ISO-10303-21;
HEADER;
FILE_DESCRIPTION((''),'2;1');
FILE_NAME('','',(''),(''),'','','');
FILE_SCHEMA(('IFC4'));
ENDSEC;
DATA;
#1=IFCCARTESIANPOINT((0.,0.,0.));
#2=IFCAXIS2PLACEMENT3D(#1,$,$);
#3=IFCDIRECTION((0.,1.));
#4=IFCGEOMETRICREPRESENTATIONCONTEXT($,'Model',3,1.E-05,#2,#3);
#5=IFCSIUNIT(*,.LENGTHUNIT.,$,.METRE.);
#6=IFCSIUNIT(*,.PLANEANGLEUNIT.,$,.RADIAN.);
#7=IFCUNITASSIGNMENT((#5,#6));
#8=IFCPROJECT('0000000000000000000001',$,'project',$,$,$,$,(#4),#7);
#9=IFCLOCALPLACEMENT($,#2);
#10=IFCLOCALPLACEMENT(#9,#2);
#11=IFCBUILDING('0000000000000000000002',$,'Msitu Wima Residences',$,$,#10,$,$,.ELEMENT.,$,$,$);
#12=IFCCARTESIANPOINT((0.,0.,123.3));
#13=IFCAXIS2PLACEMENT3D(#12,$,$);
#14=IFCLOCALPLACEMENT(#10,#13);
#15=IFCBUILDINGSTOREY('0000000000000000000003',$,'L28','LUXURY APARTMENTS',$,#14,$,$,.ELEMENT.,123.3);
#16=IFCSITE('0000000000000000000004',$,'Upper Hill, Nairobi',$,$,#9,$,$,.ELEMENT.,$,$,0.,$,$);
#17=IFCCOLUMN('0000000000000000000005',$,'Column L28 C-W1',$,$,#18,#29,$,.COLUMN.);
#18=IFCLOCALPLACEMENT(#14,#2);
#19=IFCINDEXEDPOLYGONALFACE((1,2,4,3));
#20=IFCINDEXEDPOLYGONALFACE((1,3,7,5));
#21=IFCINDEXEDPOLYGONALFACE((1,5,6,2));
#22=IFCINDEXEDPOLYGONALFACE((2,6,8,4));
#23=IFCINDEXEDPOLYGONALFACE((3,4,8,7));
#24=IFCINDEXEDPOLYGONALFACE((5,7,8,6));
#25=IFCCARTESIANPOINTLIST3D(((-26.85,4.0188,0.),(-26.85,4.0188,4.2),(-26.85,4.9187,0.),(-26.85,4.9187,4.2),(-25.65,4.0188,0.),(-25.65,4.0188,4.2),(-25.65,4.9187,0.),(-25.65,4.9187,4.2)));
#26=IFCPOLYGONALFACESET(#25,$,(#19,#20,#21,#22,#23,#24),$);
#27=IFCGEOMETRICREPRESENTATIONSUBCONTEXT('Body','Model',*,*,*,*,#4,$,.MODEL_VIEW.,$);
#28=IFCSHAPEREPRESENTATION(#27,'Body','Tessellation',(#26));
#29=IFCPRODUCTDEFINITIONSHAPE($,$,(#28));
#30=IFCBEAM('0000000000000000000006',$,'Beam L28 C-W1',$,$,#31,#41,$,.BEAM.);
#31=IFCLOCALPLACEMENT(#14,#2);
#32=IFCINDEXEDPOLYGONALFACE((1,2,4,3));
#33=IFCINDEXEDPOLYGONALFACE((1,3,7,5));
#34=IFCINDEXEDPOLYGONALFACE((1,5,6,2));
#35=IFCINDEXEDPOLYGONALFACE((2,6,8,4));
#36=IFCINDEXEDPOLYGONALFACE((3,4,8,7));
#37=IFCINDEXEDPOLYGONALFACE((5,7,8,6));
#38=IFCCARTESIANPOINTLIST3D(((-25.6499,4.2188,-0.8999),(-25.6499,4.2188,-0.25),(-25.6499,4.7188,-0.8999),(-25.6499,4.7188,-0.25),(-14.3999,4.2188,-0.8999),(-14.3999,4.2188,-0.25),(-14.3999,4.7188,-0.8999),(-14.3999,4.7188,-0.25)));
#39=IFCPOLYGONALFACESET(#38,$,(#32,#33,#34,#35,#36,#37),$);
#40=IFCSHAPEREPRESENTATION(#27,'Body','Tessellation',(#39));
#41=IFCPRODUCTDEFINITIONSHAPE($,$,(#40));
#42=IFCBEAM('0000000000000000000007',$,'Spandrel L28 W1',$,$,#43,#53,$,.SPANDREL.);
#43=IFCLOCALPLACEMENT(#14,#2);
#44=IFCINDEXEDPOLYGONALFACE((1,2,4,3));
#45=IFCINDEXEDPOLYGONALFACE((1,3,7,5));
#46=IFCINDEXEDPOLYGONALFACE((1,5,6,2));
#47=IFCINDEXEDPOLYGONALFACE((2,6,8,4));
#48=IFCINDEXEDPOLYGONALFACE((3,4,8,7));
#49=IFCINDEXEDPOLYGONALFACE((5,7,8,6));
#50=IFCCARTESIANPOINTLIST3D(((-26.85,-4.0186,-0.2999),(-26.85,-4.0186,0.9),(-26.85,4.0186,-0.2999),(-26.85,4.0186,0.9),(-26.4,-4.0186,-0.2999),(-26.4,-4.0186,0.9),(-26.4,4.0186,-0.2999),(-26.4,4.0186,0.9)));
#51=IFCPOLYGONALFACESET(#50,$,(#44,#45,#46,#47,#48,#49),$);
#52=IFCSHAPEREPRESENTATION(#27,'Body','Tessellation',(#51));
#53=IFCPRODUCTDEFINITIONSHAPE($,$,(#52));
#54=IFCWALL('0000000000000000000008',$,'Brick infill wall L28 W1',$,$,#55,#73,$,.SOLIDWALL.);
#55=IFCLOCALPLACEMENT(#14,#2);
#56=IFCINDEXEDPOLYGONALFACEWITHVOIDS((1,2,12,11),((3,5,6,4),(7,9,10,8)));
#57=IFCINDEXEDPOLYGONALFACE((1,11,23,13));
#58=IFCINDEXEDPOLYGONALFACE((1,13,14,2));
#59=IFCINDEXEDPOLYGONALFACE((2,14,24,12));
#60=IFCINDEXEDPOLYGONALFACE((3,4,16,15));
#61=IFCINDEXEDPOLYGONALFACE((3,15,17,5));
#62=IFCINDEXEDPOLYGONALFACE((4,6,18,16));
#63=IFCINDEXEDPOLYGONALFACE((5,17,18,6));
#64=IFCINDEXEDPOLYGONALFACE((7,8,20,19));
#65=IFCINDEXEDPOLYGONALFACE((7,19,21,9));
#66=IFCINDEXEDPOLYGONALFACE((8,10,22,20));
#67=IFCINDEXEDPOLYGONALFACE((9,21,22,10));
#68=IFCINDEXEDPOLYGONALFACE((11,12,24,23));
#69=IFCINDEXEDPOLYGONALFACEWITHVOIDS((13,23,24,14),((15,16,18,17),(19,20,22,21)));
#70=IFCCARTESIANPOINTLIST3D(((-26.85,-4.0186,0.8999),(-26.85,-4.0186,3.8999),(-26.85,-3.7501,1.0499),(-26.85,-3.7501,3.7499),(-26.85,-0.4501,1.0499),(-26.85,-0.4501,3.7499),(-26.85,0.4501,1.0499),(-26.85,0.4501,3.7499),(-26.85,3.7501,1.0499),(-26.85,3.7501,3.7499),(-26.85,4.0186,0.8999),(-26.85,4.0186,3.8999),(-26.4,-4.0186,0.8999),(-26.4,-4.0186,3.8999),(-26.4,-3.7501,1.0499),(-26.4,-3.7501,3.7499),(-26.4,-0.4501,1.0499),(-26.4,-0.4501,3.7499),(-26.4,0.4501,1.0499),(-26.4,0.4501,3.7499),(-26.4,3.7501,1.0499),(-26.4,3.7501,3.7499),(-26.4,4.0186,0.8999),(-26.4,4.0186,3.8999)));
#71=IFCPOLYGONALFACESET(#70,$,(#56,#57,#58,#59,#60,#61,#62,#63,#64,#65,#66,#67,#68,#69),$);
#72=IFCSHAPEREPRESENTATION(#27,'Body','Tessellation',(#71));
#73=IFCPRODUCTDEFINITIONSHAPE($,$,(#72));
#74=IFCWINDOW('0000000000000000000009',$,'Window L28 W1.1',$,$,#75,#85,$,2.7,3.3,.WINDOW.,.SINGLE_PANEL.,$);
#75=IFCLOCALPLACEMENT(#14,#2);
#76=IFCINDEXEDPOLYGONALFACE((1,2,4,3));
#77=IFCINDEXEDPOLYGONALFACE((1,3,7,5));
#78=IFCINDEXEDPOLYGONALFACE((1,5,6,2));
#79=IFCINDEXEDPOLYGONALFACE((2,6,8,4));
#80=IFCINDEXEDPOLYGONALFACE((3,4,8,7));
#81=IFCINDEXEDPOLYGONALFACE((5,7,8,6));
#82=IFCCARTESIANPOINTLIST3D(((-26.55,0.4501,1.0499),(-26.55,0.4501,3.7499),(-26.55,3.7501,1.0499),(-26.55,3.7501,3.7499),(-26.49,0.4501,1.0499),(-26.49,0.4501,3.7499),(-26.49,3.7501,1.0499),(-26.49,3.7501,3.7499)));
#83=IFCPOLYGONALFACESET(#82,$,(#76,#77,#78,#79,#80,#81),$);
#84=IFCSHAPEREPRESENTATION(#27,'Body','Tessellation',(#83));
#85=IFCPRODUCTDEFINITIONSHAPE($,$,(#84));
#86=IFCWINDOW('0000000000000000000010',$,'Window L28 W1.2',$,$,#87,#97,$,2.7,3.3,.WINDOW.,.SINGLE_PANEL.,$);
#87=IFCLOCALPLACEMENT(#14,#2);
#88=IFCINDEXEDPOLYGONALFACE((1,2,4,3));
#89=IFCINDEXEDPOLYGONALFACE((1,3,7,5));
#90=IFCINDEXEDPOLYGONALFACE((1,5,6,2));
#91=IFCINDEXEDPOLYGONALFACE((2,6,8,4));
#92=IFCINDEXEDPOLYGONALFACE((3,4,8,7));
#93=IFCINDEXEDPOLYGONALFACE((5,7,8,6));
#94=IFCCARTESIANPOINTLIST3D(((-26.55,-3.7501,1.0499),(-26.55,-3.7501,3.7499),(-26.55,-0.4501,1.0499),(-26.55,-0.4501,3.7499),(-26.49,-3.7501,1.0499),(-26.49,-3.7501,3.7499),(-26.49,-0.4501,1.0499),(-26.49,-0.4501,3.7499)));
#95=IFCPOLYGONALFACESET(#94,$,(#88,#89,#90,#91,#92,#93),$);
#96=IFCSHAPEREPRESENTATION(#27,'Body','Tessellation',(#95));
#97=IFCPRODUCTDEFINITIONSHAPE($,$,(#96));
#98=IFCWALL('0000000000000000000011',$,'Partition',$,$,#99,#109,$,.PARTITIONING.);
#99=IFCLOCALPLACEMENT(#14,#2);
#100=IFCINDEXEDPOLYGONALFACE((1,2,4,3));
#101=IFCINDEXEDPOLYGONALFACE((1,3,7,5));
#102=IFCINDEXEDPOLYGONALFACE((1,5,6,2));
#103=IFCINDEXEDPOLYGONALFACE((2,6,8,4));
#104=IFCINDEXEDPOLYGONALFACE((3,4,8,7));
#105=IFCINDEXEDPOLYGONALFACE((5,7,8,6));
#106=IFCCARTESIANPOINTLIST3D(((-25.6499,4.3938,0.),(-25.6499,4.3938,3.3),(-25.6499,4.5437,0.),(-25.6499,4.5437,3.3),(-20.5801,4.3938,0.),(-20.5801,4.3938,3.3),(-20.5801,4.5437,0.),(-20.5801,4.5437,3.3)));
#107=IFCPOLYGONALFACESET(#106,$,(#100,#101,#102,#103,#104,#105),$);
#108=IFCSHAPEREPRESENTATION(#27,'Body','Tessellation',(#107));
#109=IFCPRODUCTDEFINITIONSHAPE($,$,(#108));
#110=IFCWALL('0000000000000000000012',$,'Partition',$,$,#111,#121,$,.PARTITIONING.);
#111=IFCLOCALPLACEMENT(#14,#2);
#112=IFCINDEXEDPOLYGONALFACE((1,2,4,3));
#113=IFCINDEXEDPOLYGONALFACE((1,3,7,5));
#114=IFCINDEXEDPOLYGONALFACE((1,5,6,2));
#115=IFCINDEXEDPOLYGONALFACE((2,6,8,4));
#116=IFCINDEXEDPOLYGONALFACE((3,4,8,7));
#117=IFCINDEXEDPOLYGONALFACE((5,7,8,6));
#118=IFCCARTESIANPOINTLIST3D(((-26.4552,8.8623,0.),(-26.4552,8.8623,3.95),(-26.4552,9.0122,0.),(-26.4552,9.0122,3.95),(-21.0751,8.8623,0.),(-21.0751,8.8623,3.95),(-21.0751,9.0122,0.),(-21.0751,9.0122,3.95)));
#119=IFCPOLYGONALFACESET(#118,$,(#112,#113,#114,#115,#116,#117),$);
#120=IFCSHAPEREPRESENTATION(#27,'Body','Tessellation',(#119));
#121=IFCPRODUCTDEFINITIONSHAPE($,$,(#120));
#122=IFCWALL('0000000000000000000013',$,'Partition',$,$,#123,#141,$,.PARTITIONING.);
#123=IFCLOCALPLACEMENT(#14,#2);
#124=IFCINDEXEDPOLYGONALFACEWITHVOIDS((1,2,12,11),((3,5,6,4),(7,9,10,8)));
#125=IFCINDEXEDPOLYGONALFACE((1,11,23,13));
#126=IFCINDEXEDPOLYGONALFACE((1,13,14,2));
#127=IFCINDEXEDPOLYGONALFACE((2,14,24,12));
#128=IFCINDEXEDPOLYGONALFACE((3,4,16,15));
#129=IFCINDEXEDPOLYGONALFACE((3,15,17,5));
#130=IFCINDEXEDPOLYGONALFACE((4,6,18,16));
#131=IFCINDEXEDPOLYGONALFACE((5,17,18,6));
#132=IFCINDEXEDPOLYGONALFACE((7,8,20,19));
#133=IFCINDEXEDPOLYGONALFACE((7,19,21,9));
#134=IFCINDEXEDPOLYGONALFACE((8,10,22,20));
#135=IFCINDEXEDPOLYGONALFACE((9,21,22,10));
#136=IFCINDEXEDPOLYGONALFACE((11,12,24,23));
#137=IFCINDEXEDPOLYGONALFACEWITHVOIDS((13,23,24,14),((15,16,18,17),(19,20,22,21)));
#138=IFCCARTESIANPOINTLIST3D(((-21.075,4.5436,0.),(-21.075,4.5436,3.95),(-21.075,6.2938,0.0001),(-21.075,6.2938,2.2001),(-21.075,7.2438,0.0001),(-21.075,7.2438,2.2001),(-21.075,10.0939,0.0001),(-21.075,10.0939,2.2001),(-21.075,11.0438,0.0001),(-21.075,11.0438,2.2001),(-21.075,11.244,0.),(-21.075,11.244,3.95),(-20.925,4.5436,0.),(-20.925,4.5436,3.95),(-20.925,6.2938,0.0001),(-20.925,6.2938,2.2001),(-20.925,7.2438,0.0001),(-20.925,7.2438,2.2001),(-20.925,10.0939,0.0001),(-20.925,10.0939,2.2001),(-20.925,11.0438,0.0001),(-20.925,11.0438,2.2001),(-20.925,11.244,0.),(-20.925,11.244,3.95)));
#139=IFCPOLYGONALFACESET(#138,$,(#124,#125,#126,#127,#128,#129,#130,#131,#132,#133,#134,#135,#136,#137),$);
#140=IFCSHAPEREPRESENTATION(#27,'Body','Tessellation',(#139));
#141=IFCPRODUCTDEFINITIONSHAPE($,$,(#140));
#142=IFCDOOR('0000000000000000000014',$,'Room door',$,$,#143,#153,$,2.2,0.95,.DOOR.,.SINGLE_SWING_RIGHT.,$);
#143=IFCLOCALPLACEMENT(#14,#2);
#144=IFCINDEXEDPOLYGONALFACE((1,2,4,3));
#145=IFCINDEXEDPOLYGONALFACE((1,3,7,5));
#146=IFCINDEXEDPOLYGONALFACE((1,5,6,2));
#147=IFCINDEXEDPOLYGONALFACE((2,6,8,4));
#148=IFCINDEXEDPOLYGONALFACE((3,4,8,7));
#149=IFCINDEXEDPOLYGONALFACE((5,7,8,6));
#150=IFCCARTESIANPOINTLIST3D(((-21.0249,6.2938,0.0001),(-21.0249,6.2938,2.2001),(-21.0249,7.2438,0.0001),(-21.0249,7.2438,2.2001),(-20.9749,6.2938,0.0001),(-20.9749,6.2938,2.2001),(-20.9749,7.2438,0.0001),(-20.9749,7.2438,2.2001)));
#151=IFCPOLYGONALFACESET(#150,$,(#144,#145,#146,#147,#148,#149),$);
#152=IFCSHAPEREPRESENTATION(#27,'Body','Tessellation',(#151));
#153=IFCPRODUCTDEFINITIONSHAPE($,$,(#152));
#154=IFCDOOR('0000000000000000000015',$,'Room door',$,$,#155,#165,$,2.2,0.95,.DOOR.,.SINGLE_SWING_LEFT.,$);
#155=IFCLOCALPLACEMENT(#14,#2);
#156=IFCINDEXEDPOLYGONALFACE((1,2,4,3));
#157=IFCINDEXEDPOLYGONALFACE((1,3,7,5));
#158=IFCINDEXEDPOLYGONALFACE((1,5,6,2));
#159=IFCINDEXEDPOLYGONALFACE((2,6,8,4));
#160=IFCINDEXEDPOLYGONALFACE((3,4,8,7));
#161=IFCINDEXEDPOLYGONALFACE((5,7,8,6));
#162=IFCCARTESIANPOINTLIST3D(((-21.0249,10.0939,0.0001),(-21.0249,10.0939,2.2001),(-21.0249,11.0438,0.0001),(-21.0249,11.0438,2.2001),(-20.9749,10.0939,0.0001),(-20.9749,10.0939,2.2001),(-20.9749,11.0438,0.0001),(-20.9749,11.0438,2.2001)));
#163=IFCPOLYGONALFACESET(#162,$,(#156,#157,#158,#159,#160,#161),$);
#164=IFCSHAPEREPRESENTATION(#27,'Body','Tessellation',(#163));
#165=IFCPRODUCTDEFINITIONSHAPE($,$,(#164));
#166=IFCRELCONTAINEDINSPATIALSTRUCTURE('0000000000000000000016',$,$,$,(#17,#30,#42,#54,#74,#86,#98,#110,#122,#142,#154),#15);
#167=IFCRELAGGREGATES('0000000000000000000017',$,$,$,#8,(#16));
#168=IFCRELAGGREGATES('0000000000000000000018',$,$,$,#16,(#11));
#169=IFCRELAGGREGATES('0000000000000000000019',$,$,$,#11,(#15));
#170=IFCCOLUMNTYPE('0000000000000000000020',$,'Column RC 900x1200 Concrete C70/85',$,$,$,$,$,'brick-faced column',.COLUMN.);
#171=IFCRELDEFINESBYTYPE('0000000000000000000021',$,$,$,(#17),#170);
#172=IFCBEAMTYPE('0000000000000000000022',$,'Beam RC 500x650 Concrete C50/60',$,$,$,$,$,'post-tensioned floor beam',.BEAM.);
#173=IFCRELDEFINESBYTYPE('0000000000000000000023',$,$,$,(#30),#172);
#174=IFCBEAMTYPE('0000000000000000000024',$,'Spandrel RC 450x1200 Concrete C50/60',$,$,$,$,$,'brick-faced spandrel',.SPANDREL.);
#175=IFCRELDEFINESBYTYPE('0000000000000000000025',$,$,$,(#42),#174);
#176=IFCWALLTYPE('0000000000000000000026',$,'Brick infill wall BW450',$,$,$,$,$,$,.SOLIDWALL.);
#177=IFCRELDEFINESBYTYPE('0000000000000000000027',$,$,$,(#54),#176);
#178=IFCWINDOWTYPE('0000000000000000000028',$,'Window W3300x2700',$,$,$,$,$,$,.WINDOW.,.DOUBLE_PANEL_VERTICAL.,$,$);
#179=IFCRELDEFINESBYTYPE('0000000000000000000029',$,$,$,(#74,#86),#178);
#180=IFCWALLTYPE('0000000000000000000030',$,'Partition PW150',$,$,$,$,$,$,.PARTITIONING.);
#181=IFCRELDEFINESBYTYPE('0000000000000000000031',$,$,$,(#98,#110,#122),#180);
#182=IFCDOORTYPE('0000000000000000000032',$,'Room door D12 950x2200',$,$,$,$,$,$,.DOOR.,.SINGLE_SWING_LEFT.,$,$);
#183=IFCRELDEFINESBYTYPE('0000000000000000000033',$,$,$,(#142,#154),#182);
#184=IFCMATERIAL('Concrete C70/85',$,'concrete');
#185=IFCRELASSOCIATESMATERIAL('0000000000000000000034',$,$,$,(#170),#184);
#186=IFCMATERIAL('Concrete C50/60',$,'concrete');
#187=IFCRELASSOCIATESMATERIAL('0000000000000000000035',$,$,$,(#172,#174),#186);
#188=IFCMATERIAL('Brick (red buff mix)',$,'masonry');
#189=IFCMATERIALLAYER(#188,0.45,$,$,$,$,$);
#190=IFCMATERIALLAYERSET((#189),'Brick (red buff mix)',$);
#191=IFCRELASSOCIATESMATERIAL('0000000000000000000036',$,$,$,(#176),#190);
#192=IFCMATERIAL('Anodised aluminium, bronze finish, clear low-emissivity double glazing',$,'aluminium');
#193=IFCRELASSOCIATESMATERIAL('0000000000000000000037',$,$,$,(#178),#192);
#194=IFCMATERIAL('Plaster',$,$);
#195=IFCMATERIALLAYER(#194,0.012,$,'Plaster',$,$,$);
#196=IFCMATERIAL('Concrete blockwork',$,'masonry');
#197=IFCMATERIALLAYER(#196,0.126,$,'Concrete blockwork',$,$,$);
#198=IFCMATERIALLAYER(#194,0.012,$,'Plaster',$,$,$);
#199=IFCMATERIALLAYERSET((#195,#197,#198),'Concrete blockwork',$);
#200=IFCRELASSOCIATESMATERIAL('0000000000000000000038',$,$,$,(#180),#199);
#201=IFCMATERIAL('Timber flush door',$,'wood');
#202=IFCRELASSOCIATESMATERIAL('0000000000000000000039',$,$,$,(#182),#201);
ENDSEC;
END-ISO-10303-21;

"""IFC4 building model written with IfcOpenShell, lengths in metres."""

from ifc_helpers import new_model, si_unit, direction, frame, frame_2d, origin, origin_2d, place, context, subcontext, project, spatial, rectangle, extrude, material, layer, layer_set, material_profile, profile_set, type_object, element, fill, save


model = new_model("IFC4")

# Units and contexts
model_context = context("Model", 3, precision=1e-05, world=origin(), true_north=direction((0.0, 1.0)))
body_context = subcontext(model_context, "Body", "Model", "MODEL_VIEW")
ifc_project = project(units=[si_unit("LENGTHUNIT", "METRE"), si_unit("PLANEANGLEUNIT", "RADIAN")], contexts=[model_context])

# Site, building, storey
site_placement = place(None, origin())
site = spatial("IfcSite", under=ifc_project, at=site_placement, Name="Upper Hill, Nairobi", CompositionType="ELEMENT", RefElevation=0.0)
building_placement = place(site_placement, origin())
building = spatial("IfcBuilding", under=site, at=building_placement, Name="Msitu Wima Residences", CompositionType="ELEMENT")
storey_placement = place(building_placement, frame((0.0, 0.0, 123.3)))
storey = spatial("IfcBuildingStorey", under=building, at=storey_placement, Name="L28", Description="LUXURY APARTMENTS", CompositionType="ELEMENT", Elevation=123.3)

# Column
ifc_material_1 = material(Name="Concrete C70/85", Category="concrete")
ifc_material_profile_1 = material_profile(ifc_material_1, rectangle(XDim=0.8999, YDim=1.2, at=origin_2d()), Name="RC 900x1200")
ifc_profile_set_1 = profile_set([ifc_material_profile_1], Name="Concrete C70/85")
column_type = type_object("IfcColumnType", Name="Column RC 900x1200 Concrete C70/85", ElementType="brick-faced column", PredefinedType="COLUMN", material=ifc_profile_set_1)
column_placement = place(storey_placement, frame((-26.25, 4.4688, 0.0), z_axis=(0.0, 0.0, 1.0), x_axis=(0.0, -1.0, 0.0)))
element("IfcColumn", 1, at=column_placement, inside=storey, type_object=column_type, Name="Column L28 C-W1", PredefinedType="COLUMN", context=body_context, shape_type="SweptSolid", body=[
    extrude(rectangle(XDim=0.8999, YDim=1.2, at=origin_2d()), origin(), (0.0, 0.0, 1.0), 4.2),
])

# Beams
ifc_material_2 = material(Name="Concrete C50/60", Category="concrete")
ifc_material_profile_2 = material_profile(ifc_material_2, rectangle(XDim=0.5, YDim=0.6499, at=origin_2d()), Name="RC 500x650")
ifc_profile_set_2 = profile_set([ifc_material_profile_2], Name="Concrete C50/60")
beam_type_1 = type_object("IfcBeamType", Name="Beam RC 500x650 Concrete C50/60", ElementType="post-tensioned floor beam", PredefinedType="BEAM", material=ifc_profile_set_2)
beam_1_placement = place(storey_placement, frame((-25.6499, 4.4688, -0.575), z_axis=(1.0, 0.0, 0.0), x_axis=(0.0, 1.0, 0.0)))
element("IfcBeam", 2, at=beam_1_placement, inside=storey, type_object=beam_type_1, Name="Beam L28 C-W1", PredefinedType="BEAM", context=body_context, shape_type="SweptSolid", body=[
    extrude(rectangle(XDim=0.5, YDim=0.6499, at=origin_2d()), origin(), (0.0, 0.0, 1.0), 11.25),
])
ifc_material_profile_3 = material_profile(ifc_material_2, rectangle(XDim=0.45, YDim=1.2, at=origin_2d()), Name="RC 450x1200")
ifc_profile_set_3 = profile_set([ifc_material_profile_3], Name="Concrete C50/60")
beam_type_2 = type_object("IfcBeamType", Name="Spandrel RC 450x1200 Concrete C50/60", ElementType="brick-faced spandrel", PredefinedType="SPANDREL", material=ifc_profile_set_3)
beam_2_placement = place(storey_placement, frame((-26.625, 4.0186, 0.3), z_axis=(0.0, -1.0, 0.0), x_axis=(1.0, 0.0, 0.0)))
element("IfcBeam", 3, at=beam_2_placement, inside=storey, type_object=beam_type_2, Name="Spandrel L28 W1", PredefinedType="SPANDREL", context=body_context, shape_type="SweptSolid", body=[
    extrude(rectangle(XDim=0.45, YDim=1.2, at=origin_2d()), origin(), (0.0, 0.0, 1.0), 8.0371),
])

# Wall, openings, windows
ifc_material_3 = material(Name="Brick (red buff mix)", Category="masonry")
ifc_layer_1 = layer(ifc_material_3, 0.45)
ifc_layer_set_1 = layer_set([ifc_layer_1], Name="Brick (red buff mix)")
wall_type_1 = type_object("IfcWallType", Name="Brick infill wall BW450", PredefinedType="SOLIDWALL", material=ifc_layer_set_1)
wall_1_placement = place(storey_placement, frame((-26.625, 4.0186, 0.8999), z_axis=(0.0, 0.0, 1.0), x_axis=(0.0, -1.0, 0.0)))
wall_1 = element("IfcWall", 4, at=wall_1_placement, inside=storey, type_object=wall_type_1, Name="Brick infill wall L28 W1", PredefinedType="SOLIDWALL", context=body_context, shape_type="SweptSolid", body=[
    extrude(rectangle(XDim=8.0371, YDim=0.45, at=frame_2d((4.0186, 0.0))), origin(), (0.0, 0.0, 1.0), 3.0),
])
opening_1_placement = place(wall_1_placement, frame((0.2686, 0.0, 0.1499)))
opening_1 = element("IfcOpeningElement", 5, at=opening_1_placement, cuts=wall_1, PredefinedType="OPENING", context=body_context, shape_type="SweptSolid", body=[
    extrude(rectangle(XDim=3.3, YDim=2.7, at=frame_2d((1.6499, 1.3501))), frame((0.0, 0.2349, 0.0), z_axis=(0.0, -1.0, 0.0), x_axis=(1.0, 0.0, 0.0)), (0.0, 0.0, 1.0), 0.47),
])
opening_2_placement = place(wall_1_placement, frame((4.4688, 0.0, 0.1499)))
opening_2 = element("IfcOpeningElement", 6, at=opening_2_placement, cuts=wall_1, PredefinedType="OPENING", context=body_context, shape_type="SweptSolid", body=[
    extrude(rectangle(XDim=3.3, YDim=2.7, at=frame_2d((1.6499, 1.3501))), frame((0.0, 0.2349, 0.0), z_axis=(0.0, -1.0, 0.0), x_axis=(1.0, 0.0, 0.0)), (0.0, 0.0, 1.0), 0.47),
])
ifc_material_4 = material(Name="Anodised aluminium, bronze finish, clear low-emissivity double glazing", Category="aluminium")
window_type = type_object("IfcWindowType", Name="Window W3300x2700", PartitioningType="DOUBLE_PANEL_VERTICAL", PredefinedType="WINDOW", material=ifc_material_4)
window_1_placement = place(opening_1_placement, origin())
window_1 = element("IfcWindow", 7, at=window_1_placement, inside=storey, type_object=window_type, Name="Window L28 W1.1", OverallHeight=2.7, OverallWidth=3.3, PartitioningType="SINGLE_PANEL", PredefinedType="WINDOW", context=body_context, shape_type="SweptSolid", body=[
    extrude(rectangle(XDim=3.3, YDim=2.7, at=frame_2d((1.6499, 1.3501))), frame((0.0, 0.135, 0.0), z_axis=(0.0, -1.0, 0.0), x_axis=(1.0, 0.0, 0.0)), (0.0, 0.0, 1.0), 0.0601),
])
fill(opening_1, window_1)
window_2_placement = place(opening_2_placement, origin())
window_2 = element("IfcWindow", 8, at=window_2_placement, inside=storey, type_object=window_type, Name="Window L28 W1.2", OverallHeight=2.7, OverallWidth=3.3, PartitioningType="SINGLE_PANEL", PredefinedType="WINDOW", context=body_context, shape_type="SweptSolid", body=[
    extrude(rectangle(XDim=3.3, YDim=2.7, at=frame_2d((1.6499, 1.3501))), frame((0.0, 0.135, 0.0), z_axis=(0.0, -1.0, 0.0), x_axis=(1.0, 0.0, 0.0)), (0.0, 0.0, 1.0), 0.0601),
])
fill(opening_2, window_2)

# Walls
ifc_material_5 = material(Name="Plaster")
ifc_layer_2 = layer(ifc_material_5, 0.012, Name="Plaster")
ifc_material_6 = material(Name="Concrete blockwork", Category="masonry")
ifc_layer_3 = layer(ifc_material_6, 0.126, Name="Concrete blockwork")
ifc_layer_4 = layer(ifc_material_5, 0.012, Name="Plaster")
ifc_layer_set_2 = layer_set([ifc_layer_2, ifc_layer_3, ifc_layer_4], Name="Concrete blockwork")
wall_type_2 = type_object("IfcWallType", Name="Partition PW150", PredefinedType="PARTITIONING", material=ifc_layer_set_2)
wall_2_placement = place(storey_placement, frame((-25.6499, 4.4688, 0.0), z_axis=(0.0, 0.0, 1.0), x_axis=(1.0, 0.0, 0.0)))
element("IfcWall", 9, at=wall_2_placement, inside=storey, type_object=wall_type_2, Name="Partition", PredefinedType="PARTITIONING", context=body_context, shape_type="SweptSolid", body=[
    extrude(rectangle(XDim=5.0698, YDim=0.1499, at=frame_2d((2.5349, 0.0))), origin(), (0.0, 0.0, 1.0), 3.3),
])
wall_3_placement = place(storey_placement, frame((-26.4551, 8.9373, 0.0), z_axis=(0.0, 0.0, 1.0), x_axis=(1.0, 0.0, 0.0)))
element("IfcWall", 10, at=wall_3_placement, inside=storey, type_object=wall_type_2, Name="Partition", PredefinedType="PARTITIONING", context=body_context, shape_type="SweptSolid", body=[
    extrude(rectangle(XDim=5.3801, YDim=0.1499, at=frame_2d((2.6899, 0.0))), origin(), (0.0, 0.0, 1.0), 3.95),
])

# Wall, openings, doors
wall_4_placement = place(storey_placement, frame((-21.0, 4.5437, 0.0), z_axis=(0.0, 0.0, 1.0), x_axis=(0.0, 1.0, 0.0)))
wall_4 = element("IfcWall", 11, at=wall_4_placement, inside=storey, type_object=wall_type_2, Name="Partition", PredefinedType="PARTITIONING", context=body_context, shape_type="SweptSolid", body=[
    extrude(rectangle(XDim=6.7004, YDim=0.1499, at=frame_2d((3.3501, 0.0))), origin(), (0.0, 0.0, 1.0), 3.95),
])
opening_3_placement = place(wall_4_placement, frame((1.75, 0.0, 0.0)))
opening_3 = element("IfcOpeningElement", 12, at=opening_3_placement, cuts=wall_4, PredefinedType="OPENING", context=body_context, shape_type="SweptSolid", body=[
    extrude(rectangle(XDim=0.95, YDim=2.2, at=frame_2d((0.4751, 1.1001))), frame((0.0, 0.085, 0.0), z_axis=(0.0, -1.0, 0.0), x_axis=(1.0, 0.0, 0.0)), (0.0, 0.0, 1.0), 0.1699),
])
opening_4_placement = place(wall_4_placement, frame((5.55, 0.0, 0.0)))
opening_4 = element("IfcOpeningElement", 13, at=opening_4_placement, cuts=wall_4, PredefinedType="OPENING", context=body_context, shape_type="SweptSolid", body=[
    extrude(rectangle(XDim=0.95, YDim=2.2, at=frame_2d((0.4751, 1.1001))), frame((0.0, 0.085, 0.0), z_axis=(0.0, -1.0, 0.0), x_axis=(1.0, 0.0, 0.0)), (0.0, 0.0, 1.0), 0.1699),
])
ifc_material_7 = material(Name="Timber flush door", Category="wood")
door_type_1 = type_object("IfcDoorType", Name="Room door D12 950x2200", OperationType="SINGLE_SWING_LEFT", PredefinedType="DOOR", material=ifc_material_7)
door_1_placement = place(opening_3_placement, origin())
door_1 = element("IfcDoor", 14, at=door_1_placement, inside=storey, type_object=door_type_1, Name="Room door", OperationType="SINGLE_SWING_RIGHT", OverallHeight=2.2, OverallWidth=0.95, PredefinedType="DOOR", context=body_context, shape_type="SweptSolid", body=[
    extrude(rectangle(XDim=0.95, YDim=2.2, at=frame_2d((0.4751, 1.1001))), frame((0.0, 0.0249, 0.0), z_axis=(0.0, -1.0, 0.0), x_axis=(1.0, 0.0, 0.0)), (0.0, 0.0, 1.0), 0.05),
])
fill(opening_3, door_1)
door_2_placement = place(opening_4_placement, origin())
door_2 = element("IfcDoor", 15, at=door_2_placement, inside=storey, type_object=door_type_1, Name="Room door", OperationType="SINGLE_SWING_LEFT", OverallHeight=2.2, OverallWidth=0.95, PredefinedType="DOOR", context=body_context, shape_type="SweptSolid", body=[
    extrude(rectangle(XDim=0.95, YDim=2.2, at=frame_2d((0.4751, 1.1001))), frame((0.0, 0.0249, 0.0), z_axis=(0.0, -1.0, 0.0), x_axis=(1.0, 0.0, 0.0)), (0.0, 0.0, 1.0), 0.05),
])
fill(opening_4, door_2)

save(model, "model.ifc")
